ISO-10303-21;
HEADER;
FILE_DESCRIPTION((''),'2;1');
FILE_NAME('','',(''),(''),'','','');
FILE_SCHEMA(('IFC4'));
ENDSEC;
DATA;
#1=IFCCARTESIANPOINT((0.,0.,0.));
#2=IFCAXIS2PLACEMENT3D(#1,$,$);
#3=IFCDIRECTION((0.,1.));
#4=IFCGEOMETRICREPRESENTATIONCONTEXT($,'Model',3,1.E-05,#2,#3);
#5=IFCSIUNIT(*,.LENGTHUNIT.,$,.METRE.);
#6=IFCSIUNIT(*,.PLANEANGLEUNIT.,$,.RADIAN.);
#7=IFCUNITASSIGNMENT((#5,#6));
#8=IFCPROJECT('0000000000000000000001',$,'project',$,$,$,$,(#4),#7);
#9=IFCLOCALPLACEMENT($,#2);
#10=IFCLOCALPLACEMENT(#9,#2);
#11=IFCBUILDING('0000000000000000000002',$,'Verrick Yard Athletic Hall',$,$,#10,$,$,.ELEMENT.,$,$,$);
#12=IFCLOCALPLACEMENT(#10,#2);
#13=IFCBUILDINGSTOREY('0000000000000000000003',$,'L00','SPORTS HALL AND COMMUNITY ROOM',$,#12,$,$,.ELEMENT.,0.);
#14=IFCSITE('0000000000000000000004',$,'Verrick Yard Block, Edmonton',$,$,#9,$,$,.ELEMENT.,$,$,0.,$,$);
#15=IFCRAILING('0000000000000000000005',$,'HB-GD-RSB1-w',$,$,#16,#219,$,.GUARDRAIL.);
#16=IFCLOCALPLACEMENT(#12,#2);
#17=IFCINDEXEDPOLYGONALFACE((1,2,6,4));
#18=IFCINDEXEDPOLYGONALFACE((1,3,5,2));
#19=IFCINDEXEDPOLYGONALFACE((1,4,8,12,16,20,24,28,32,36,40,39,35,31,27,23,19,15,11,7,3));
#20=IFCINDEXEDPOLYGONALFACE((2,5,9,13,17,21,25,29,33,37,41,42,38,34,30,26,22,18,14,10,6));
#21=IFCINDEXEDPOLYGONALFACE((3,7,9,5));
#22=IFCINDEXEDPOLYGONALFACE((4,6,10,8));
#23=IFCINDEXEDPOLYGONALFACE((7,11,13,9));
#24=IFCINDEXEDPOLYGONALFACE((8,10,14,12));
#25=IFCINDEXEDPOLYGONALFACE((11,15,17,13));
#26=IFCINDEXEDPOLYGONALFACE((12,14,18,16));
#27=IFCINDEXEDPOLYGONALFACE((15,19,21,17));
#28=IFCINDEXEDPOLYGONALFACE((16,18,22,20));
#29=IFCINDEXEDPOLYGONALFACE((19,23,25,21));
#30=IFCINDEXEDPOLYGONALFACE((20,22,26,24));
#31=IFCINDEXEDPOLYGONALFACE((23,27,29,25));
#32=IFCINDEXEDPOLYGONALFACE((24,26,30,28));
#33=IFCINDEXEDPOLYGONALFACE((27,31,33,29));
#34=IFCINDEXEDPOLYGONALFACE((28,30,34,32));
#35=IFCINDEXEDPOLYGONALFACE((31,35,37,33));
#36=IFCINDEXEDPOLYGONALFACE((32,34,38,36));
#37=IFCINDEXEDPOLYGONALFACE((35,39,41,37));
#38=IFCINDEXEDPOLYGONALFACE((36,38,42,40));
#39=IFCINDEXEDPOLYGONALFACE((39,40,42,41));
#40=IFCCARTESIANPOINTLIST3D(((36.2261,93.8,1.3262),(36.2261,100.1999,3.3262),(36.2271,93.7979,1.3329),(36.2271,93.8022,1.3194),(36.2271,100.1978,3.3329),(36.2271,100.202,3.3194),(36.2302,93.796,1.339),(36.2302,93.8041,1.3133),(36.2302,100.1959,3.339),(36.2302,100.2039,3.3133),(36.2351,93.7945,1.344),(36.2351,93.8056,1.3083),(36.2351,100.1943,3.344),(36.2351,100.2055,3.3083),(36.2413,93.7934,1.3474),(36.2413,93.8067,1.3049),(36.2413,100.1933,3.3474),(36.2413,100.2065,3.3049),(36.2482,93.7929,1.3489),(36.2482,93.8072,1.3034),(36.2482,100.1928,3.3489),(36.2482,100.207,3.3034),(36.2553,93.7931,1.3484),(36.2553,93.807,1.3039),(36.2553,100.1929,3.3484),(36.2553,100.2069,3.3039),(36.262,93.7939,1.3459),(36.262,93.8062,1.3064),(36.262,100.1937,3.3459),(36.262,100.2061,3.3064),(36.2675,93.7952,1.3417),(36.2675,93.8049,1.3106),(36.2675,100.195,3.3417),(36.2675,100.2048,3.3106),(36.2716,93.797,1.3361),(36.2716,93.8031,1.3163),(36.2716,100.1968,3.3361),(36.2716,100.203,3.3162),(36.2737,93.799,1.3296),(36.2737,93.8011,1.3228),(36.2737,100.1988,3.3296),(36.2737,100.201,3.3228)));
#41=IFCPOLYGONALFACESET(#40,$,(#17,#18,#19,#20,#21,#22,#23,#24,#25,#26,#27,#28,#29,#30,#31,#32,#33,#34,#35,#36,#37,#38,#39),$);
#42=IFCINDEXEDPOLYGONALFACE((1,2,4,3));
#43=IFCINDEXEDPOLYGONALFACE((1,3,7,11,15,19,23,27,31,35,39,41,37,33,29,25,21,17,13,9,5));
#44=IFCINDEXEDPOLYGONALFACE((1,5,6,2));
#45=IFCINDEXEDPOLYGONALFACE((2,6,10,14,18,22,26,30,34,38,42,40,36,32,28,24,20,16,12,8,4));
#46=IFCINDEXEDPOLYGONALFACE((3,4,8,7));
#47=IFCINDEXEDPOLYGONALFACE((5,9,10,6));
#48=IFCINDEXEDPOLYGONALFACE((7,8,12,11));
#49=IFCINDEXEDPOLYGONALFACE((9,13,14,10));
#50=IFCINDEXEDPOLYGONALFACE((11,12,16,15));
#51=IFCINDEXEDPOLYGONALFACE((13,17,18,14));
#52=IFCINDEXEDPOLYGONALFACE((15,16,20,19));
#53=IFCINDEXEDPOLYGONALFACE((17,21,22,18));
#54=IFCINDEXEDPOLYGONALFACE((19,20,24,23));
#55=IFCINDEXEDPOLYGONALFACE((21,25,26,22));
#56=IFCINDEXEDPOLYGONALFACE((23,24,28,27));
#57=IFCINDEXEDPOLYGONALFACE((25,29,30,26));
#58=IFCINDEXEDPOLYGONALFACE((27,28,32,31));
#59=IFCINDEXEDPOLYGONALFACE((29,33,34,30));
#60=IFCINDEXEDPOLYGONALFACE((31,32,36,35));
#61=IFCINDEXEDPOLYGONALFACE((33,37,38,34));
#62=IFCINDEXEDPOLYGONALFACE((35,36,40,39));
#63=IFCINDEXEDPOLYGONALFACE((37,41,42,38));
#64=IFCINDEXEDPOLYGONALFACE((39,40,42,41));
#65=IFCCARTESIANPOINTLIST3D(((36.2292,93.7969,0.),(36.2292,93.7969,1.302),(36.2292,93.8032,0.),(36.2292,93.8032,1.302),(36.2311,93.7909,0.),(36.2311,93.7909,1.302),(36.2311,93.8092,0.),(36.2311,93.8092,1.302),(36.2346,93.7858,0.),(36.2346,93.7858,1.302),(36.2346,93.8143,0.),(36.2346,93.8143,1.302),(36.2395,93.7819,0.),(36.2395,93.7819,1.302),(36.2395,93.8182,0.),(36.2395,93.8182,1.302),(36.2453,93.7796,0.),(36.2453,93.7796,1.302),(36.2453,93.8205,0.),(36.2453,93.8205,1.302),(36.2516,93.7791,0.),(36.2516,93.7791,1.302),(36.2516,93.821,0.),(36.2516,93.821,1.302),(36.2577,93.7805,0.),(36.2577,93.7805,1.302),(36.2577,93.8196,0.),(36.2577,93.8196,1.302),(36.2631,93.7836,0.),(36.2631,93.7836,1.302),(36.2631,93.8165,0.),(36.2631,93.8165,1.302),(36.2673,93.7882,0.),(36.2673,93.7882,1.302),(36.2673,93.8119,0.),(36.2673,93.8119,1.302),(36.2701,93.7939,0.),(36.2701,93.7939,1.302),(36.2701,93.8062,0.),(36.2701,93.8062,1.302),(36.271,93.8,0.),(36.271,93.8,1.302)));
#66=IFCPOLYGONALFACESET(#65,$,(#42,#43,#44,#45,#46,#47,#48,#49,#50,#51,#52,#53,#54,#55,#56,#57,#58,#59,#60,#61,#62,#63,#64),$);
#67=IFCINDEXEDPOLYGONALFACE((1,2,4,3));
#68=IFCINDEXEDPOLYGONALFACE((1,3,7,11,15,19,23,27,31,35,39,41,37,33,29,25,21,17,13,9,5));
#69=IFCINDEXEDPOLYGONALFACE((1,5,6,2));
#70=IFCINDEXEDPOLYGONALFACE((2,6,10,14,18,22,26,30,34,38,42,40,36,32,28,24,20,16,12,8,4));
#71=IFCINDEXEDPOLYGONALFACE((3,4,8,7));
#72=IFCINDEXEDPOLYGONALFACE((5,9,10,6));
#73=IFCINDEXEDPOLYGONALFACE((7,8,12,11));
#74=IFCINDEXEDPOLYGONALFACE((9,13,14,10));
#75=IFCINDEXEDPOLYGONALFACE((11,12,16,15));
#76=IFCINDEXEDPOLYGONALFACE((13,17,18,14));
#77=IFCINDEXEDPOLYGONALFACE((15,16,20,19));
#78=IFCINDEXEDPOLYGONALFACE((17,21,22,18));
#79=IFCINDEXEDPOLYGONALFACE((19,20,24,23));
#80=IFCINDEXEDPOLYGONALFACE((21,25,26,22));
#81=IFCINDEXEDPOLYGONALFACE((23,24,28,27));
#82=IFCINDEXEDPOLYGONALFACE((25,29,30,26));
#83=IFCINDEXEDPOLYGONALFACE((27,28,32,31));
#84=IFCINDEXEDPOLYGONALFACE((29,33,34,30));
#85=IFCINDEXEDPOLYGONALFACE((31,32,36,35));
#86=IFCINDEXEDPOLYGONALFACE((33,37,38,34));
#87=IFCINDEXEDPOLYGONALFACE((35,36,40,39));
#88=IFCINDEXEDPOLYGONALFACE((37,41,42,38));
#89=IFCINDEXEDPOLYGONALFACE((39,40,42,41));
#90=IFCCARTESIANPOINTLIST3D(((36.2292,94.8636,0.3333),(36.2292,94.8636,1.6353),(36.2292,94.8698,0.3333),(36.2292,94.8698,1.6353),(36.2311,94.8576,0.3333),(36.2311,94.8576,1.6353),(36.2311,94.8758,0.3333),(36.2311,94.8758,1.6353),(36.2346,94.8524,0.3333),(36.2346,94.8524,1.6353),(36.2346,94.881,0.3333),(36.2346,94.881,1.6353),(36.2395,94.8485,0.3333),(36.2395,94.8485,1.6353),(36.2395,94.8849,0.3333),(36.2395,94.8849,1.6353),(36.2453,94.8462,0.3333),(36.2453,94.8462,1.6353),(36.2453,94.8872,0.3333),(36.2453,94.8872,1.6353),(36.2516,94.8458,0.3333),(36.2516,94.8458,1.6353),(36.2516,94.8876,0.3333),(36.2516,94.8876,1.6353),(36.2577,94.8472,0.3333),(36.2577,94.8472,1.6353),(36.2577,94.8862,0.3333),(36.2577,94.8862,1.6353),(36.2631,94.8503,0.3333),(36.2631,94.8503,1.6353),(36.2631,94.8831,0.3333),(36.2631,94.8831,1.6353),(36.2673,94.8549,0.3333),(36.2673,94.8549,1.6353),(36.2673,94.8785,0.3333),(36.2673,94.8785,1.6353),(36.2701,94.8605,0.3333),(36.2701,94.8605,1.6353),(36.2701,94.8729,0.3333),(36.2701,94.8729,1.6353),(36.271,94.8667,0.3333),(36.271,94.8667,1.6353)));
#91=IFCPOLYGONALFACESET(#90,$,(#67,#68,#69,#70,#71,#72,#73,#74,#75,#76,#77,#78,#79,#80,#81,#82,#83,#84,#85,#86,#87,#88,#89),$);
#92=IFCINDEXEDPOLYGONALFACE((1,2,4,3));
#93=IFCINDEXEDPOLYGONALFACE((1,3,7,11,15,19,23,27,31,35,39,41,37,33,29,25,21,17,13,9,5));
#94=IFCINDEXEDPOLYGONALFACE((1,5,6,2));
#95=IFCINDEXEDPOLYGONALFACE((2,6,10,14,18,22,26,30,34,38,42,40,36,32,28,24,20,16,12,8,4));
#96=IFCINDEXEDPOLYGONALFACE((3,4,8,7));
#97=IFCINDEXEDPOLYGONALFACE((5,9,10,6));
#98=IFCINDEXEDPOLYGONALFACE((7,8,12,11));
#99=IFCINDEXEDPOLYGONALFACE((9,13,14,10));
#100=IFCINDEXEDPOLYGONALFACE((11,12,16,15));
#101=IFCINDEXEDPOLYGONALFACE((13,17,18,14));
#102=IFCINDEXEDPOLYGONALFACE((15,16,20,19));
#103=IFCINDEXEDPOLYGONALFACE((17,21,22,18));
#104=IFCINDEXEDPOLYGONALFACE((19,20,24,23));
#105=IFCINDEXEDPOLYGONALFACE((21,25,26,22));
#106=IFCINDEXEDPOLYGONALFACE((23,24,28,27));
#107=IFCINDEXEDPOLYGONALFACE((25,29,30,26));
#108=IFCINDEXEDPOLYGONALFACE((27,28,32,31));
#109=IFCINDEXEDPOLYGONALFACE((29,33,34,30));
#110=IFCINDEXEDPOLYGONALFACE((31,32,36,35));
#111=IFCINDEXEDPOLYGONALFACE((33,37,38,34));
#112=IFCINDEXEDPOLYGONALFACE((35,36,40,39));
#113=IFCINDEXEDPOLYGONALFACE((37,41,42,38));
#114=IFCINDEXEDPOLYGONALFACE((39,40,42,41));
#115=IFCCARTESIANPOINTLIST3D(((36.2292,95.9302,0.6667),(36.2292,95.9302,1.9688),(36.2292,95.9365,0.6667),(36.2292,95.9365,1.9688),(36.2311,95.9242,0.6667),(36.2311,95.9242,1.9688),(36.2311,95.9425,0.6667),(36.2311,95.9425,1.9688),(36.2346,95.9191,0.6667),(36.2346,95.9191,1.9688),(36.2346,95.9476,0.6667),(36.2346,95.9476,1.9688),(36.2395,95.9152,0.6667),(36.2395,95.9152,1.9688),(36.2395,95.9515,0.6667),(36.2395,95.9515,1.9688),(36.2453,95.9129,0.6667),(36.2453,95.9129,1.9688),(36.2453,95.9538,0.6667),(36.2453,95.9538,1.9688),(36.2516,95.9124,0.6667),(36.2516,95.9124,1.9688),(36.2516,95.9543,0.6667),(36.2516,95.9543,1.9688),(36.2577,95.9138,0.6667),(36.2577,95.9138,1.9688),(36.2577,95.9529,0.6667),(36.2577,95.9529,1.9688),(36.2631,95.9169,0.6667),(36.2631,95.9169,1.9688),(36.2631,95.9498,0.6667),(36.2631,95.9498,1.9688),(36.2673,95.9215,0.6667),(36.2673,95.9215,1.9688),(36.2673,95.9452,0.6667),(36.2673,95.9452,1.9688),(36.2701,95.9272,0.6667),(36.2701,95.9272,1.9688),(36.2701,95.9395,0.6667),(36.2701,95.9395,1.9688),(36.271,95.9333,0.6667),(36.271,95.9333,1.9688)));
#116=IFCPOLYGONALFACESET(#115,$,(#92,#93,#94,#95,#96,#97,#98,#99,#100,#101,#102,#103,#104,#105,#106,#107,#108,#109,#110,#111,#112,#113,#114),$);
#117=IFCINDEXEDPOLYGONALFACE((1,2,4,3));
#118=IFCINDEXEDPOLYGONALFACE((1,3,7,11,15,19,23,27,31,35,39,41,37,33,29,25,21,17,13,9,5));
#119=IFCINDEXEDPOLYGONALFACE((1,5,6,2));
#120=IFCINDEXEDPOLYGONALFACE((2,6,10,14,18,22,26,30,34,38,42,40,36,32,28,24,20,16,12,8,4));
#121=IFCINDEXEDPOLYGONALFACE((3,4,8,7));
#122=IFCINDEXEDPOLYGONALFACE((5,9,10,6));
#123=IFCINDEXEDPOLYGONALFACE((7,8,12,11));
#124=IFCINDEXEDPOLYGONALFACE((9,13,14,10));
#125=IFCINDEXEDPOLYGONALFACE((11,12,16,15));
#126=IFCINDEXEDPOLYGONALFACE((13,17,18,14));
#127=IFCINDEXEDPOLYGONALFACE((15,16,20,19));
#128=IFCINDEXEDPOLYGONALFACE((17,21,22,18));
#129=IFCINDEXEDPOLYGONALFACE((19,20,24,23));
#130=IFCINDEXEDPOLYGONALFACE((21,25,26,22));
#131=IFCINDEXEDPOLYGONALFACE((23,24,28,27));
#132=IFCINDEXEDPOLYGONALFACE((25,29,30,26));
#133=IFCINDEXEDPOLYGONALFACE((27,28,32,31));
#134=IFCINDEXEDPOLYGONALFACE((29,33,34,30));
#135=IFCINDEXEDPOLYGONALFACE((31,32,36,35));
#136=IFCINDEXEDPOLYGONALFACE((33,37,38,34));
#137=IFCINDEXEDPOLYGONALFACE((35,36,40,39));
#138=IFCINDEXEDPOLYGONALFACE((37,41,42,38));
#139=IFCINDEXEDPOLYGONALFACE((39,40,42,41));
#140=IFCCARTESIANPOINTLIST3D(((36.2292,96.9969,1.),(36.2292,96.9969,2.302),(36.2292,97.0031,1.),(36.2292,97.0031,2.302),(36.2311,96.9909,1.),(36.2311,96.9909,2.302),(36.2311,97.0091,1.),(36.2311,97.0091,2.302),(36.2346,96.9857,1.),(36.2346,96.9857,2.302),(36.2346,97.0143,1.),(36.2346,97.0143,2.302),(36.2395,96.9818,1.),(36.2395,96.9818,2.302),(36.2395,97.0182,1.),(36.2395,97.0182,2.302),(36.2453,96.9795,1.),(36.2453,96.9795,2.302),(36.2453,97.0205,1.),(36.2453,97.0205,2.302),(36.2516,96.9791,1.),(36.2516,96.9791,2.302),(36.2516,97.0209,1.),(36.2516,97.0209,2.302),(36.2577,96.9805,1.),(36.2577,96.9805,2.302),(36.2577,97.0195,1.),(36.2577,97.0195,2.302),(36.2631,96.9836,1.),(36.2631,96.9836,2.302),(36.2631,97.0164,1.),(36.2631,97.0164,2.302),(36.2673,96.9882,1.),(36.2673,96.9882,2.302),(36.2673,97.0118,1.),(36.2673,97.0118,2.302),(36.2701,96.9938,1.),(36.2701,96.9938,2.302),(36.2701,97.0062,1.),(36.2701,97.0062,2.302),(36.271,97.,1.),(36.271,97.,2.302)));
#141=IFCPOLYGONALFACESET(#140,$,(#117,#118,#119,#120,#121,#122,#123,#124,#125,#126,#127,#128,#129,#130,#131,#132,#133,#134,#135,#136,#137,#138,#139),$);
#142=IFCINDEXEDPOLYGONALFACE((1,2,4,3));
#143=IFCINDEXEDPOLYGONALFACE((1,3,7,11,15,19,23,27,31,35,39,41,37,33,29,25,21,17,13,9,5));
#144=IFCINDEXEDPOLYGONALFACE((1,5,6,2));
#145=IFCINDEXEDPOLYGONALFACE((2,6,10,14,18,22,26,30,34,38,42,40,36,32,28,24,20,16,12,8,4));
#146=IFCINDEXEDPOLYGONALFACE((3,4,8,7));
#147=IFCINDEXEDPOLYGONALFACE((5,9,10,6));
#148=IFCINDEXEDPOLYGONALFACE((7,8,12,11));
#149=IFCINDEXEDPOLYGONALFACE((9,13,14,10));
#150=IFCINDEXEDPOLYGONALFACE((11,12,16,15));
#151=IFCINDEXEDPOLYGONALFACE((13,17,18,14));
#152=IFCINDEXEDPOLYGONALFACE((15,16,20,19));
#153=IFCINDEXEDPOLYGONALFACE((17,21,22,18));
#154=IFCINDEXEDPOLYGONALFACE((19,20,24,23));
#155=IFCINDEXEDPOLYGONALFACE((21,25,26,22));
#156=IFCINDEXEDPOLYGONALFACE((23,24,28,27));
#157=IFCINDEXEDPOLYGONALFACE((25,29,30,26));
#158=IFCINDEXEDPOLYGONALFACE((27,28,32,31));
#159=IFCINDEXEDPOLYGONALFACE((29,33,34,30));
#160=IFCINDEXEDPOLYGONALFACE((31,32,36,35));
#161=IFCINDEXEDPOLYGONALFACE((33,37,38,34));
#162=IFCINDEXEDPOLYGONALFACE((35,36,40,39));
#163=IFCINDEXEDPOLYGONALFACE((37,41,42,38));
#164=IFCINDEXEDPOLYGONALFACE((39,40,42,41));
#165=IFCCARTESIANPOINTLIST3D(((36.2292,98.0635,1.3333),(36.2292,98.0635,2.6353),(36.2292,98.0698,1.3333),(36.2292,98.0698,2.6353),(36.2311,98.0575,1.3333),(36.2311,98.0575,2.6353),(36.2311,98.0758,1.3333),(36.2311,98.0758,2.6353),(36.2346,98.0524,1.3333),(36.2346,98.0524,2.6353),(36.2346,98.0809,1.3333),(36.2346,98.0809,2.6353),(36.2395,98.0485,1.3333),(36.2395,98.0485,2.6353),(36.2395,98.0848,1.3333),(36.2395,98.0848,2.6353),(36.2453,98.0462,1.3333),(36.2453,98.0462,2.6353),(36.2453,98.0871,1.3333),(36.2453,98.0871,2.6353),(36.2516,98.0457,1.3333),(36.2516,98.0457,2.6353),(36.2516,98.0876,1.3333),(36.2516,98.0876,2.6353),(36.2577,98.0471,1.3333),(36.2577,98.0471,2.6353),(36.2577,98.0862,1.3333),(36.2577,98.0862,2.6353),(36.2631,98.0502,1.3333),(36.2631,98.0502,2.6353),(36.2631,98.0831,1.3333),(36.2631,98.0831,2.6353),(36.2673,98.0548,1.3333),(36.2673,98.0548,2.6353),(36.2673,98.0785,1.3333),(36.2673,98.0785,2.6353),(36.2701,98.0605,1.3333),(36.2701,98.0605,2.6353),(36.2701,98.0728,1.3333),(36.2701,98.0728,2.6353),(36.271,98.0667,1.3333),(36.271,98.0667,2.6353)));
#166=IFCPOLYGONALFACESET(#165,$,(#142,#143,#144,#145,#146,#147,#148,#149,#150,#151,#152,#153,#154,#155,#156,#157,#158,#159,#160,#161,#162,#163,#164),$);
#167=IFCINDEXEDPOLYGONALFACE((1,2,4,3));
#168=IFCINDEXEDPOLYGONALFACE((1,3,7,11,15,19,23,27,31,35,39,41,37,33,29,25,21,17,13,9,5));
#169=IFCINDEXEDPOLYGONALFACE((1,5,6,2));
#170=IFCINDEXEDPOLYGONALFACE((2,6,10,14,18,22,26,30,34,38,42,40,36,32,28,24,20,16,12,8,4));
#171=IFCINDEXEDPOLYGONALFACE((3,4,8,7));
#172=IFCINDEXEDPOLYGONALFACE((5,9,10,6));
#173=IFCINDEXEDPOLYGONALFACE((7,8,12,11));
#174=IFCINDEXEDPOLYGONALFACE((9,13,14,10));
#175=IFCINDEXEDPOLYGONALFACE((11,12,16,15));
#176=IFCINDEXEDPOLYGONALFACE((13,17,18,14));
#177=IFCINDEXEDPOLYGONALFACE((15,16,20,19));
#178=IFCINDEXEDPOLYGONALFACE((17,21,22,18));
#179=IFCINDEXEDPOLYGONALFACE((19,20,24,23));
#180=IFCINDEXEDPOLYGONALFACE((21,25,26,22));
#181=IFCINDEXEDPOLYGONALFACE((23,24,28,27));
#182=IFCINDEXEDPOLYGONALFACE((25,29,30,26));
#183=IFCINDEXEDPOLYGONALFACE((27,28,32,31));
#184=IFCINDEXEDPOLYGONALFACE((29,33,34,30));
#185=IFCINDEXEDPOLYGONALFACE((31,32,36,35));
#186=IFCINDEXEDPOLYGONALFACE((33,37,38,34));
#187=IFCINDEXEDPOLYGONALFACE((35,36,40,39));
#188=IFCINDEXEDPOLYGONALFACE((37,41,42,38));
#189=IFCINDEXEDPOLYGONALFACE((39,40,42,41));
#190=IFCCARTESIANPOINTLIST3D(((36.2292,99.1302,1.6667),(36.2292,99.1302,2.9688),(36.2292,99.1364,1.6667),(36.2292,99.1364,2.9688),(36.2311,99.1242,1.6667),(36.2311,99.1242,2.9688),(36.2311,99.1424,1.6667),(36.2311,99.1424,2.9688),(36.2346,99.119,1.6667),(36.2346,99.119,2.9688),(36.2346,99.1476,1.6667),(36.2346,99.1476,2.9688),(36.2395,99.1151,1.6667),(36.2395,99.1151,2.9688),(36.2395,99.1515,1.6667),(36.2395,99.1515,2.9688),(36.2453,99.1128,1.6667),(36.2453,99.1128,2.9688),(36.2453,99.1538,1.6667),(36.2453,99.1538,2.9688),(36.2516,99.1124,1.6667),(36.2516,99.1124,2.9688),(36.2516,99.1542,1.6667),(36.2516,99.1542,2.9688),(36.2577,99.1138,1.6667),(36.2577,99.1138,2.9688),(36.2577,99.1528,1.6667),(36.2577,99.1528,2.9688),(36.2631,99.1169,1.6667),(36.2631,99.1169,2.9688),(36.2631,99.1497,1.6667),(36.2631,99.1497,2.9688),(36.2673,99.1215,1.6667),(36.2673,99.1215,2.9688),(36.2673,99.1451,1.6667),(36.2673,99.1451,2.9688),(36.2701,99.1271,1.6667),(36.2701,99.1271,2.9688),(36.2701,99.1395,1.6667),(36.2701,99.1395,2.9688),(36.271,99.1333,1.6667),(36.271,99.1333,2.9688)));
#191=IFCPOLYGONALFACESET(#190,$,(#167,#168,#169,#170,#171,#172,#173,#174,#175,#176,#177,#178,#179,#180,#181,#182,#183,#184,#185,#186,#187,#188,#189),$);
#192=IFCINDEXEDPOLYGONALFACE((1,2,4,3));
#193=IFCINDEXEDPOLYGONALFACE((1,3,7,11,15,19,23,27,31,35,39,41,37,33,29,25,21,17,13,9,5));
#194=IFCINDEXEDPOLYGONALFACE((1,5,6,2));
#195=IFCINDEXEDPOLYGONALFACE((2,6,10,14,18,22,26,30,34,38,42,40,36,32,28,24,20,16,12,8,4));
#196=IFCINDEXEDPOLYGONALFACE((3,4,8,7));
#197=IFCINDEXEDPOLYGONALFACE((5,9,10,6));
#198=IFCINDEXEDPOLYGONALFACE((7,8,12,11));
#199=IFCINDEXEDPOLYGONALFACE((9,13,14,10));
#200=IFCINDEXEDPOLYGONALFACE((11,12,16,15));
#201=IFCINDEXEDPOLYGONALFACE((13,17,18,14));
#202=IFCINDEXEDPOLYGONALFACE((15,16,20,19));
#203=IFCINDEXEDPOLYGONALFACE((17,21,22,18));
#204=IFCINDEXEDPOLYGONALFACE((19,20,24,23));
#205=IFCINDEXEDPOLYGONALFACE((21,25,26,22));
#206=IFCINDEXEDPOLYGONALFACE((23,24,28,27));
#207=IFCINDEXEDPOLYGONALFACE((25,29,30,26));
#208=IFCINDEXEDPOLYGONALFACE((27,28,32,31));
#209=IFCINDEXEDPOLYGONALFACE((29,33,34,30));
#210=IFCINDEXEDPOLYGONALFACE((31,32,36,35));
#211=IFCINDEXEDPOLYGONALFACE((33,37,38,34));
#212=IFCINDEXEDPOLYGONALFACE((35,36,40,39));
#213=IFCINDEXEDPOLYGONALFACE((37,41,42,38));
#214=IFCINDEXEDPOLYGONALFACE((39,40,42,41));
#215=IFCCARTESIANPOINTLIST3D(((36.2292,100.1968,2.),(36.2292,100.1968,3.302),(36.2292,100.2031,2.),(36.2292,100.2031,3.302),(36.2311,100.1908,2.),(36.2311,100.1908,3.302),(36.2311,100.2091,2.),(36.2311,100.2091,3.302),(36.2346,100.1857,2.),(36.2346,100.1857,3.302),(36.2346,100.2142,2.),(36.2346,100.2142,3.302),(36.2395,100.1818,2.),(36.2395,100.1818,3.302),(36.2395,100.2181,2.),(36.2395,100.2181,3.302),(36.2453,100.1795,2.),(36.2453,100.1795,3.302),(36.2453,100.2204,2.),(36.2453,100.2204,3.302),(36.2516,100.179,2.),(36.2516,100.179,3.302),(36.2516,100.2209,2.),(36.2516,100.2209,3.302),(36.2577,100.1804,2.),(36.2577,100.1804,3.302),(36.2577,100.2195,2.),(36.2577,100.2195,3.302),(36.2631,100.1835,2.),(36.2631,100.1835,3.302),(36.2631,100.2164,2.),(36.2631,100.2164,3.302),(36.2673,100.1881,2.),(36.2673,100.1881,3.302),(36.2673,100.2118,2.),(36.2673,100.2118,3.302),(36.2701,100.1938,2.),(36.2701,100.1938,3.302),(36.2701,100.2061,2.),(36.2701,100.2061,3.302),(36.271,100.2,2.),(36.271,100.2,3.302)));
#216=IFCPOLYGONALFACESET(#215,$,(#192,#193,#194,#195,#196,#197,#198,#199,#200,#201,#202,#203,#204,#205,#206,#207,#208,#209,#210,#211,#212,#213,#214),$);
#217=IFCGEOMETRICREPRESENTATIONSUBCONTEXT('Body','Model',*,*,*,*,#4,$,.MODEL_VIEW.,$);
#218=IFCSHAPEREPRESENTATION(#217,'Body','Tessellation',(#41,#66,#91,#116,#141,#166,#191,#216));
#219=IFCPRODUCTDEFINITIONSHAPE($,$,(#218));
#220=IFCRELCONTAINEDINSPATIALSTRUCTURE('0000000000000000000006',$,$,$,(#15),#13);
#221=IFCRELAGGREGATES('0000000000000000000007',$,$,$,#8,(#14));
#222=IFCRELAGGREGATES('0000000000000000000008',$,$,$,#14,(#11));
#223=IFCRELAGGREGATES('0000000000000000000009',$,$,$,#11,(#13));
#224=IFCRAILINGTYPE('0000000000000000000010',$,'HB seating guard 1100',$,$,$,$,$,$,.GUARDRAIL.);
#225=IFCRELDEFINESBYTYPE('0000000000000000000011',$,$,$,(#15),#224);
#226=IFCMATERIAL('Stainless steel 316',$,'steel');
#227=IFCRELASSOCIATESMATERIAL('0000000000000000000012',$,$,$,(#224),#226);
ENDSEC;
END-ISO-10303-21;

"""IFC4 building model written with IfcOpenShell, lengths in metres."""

from ifc_helpers import new_model, si_unit, direction, frame, origin, origin_2d, place, context, subcontext, project, spatial, circle, extrude, material, type_object, element, save


model = new_model("IFC4")

# Units and contexts
model_context = context("Model", 3, precision=1e-05, world=origin(), true_north=direction((0.0, 1.0)))
body_context = subcontext(model_context, "Body", "Model", "MODEL_VIEW")
ifc_project = project(units=[si_unit("LENGTHUNIT", "METRE"), si_unit("PLANEANGLEUNIT", "RADIAN")], contexts=[model_context])

# Site, building, storey
site_placement = place(None, origin())
site = spatial("IfcSite", under=ifc_project, at=site_placement, Name="Verrick Yard Block, Edmonton", CompositionType="ELEMENT", RefElevation=0.0)
building_placement = place(site_placement, origin())
building = spatial("IfcBuilding", under=site, at=building_placement, Name="Verrick Yard Athletic Hall", CompositionType="ELEMENT")
storey_placement = place(building_placement, origin())
storey = spatial("IfcBuildingStorey", under=building, at=storey_placement, Name="L00", Description="SPORTS HALL AND COMMUNITY ROOM", CompositionType="ELEMENT", Elevation=0.0)

# Railing
ifc_material_1 = material(Name="Stainless steel 316", Category="steel")
railing_type = type_object("IfcRailingType", Name="HB seating guard 1100", PredefinedType="GUARDRAIL", material=ifc_material_1)
railing_placement = place(storey_placement, frame((36.25, 93.8, 0.0)))
element("IfcRailing", 1, at=railing_placement, inside=storey, type_object=railing_type, Name="HB-GD-RSB1-w", PredefinedType="GUARDRAIL", context=body_context, shape_type="SweptSolid", body=[
    extrude(circle(Radius=0.0239, at=origin_2d()), frame((0.0, 0.0, 1.3262), z_axis=(0.0, 0.954479, 0.298279), x_axis=(-1.0, 0.0, 0.0)), (0.0, 0.0, 1.0), 6.7051),
    extrude(circle(Radius=0.021, at=origin_2d()), origin(), (0.0, 0.0, 1.0), 1.302),
    extrude(circle(Radius=0.021, at=origin_2d()), frame((0.0, 1.0667, 0.3333)), (0.0, 0.0, 1.0), 1.302),
    extrude(circle(Radius=0.021, at=origin_2d()), frame((0.0, 2.1333, 0.6667)), (0.0, 0.0, 1.0), 1.302),
    extrude(circle(Radius=0.021, at=origin_2d()), frame((0.0, 3.2, 1.0)), (0.0, 0.0, 1.0), 1.302),
    extrude(circle(Radius=0.021, at=origin_2d()), frame((0.0, 4.2666, 1.3333)), (0.0, 0.0, 1.0), 1.302),
    extrude(circle(Radius=0.021, at=origin_2d()), frame((0.0, 5.3333, 1.6667)), (0.0, 0.0, 1.0), 1.302),
    extrude(circle(Radius=0.021, at=origin_2d()), frame((0.0, 6.3999, 2.0)), (0.0, 0.0, 1.0), 1.302),
])

save(model, "model.ifc")
